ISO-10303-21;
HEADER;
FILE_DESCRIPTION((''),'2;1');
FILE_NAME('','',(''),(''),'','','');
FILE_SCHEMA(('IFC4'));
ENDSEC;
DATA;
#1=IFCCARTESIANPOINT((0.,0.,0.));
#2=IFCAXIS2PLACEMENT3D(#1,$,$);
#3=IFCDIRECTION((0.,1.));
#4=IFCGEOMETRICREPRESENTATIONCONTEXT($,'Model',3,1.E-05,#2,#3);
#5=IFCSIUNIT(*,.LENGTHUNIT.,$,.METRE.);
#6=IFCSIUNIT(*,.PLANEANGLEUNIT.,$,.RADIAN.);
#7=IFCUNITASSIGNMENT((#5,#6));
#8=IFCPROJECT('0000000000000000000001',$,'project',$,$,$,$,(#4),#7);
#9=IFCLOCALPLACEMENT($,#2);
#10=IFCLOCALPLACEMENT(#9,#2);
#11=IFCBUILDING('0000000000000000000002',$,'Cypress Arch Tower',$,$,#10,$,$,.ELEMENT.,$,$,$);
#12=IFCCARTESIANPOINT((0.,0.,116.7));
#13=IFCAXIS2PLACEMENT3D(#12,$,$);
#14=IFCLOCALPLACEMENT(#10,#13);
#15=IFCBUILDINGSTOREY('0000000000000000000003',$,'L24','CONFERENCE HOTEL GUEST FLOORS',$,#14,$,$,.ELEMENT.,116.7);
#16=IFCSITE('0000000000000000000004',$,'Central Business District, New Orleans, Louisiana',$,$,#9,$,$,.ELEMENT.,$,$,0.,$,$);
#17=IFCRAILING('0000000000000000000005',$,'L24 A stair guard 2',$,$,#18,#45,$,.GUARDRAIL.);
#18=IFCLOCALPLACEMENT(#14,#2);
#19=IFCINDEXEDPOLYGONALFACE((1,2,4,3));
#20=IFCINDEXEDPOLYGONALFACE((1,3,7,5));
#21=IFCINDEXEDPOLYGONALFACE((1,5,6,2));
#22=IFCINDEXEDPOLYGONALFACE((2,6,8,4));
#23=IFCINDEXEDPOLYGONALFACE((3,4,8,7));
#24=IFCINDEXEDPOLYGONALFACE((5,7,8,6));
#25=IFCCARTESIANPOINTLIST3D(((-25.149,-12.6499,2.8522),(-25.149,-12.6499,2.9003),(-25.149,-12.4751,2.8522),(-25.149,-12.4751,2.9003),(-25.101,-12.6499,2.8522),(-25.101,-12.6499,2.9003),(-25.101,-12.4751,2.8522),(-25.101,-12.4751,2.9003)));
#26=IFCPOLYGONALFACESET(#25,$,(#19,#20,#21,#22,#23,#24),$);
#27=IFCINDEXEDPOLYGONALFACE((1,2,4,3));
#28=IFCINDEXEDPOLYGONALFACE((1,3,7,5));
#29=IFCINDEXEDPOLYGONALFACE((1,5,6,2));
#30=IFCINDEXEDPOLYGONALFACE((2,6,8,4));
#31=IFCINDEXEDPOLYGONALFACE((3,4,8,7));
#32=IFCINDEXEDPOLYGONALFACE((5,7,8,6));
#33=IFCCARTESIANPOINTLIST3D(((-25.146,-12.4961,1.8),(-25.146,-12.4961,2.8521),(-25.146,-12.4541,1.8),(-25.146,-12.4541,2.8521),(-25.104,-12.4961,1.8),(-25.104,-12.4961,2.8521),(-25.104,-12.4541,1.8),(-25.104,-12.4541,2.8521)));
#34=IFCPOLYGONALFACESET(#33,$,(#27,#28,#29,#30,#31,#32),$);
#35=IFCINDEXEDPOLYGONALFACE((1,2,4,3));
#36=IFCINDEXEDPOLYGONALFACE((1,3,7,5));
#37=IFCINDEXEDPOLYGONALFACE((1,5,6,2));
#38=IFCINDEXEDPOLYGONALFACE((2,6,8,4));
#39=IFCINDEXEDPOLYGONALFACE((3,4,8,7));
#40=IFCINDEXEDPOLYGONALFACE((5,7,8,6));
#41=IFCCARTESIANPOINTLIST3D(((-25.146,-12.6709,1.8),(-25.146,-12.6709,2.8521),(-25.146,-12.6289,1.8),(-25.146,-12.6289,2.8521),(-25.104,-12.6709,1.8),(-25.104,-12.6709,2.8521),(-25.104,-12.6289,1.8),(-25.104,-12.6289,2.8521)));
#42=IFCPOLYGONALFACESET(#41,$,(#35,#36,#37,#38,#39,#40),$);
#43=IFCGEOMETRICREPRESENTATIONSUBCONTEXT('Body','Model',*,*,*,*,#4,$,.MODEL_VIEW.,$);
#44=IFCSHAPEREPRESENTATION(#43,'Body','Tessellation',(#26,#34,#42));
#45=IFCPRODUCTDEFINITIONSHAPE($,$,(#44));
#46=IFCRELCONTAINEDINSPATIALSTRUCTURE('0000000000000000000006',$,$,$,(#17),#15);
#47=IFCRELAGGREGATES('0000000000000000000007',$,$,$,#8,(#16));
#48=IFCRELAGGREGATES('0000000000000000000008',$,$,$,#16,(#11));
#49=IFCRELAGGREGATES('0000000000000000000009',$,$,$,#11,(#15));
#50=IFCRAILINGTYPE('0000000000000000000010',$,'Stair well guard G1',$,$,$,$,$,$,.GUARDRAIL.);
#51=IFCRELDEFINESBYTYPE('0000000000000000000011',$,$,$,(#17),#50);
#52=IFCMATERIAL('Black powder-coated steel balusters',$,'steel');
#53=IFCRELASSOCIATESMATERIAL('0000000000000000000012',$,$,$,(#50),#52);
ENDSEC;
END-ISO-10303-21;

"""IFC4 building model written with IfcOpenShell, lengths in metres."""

from ifc_helpers import new_model, si_unit, direction, frame, origin, origin_2d, place, context, subcontext, project, spatial, rectangle, extrude, material, type_object, element, save


model = new_model("IFC4")

# Units and contexts
model_context = context("Model", 3, precision=1e-05, world=origin(), true_north=direction((0.0, 1.0)))
body_context = subcontext(model_context, "Body", "Model", "MODEL_VIEW")
ifc_project = project(units=[si_unit("LENGTHUNIT", "METRE"), si_unit("PLANEANGLEUNIT", "RADIAN")], contexts=[model_context])

# Site, building, storey
site_placement = place(None, origin())
site = spatial("IfcSite", under=ifc_project, at=site_placement, Name="Central Business District, New Orleans, Louisiana", CompositionType="ELEMENT", RefElevation=0.0)
building_placement = place(site_placement, origin())
building = spatial("IfcBuilding", under=site, at=building_placement, Name="Cypress Arch Tower", CompositionType="ELEMENT")
storey_placement = place(building_placement, frame((0.0, 0.0, 116.7)))
storey = spatial("IfcBuildingStorey", under=building, at=storey_placement, Name="L24", Description="CONFERENCE HOTEL GUEST FLOORS", CompositionType="ELEMENT", Elevation=116.7)

# Railing
ifc_material_1 = material(Name="Black powder-coated steel balusters", Category="steel")
railing_type_1 = type_object("IfcRailingType", Name="Stair well guard G1", PredefinedType="GUARDRAIL", material=ifc_material_1)
railing_1_placement = place(storey_placement, frame((-25.125, -12.4751, 1.8)))
element("IfcRailing", 1, at=railing_1_placement, inside=storey, type_object=railing_type_1, Name="L24 A stair guard 2", PredefinedType="GUARDRAIL", context=body_context, shape_type="SweptSolid", body=[
    extrude(rectangle(XDim=0.0481, YDim=0.0481, at=origin_2d()), frame((0.0, 0.0, 1.0762), z_axis=(0.0, -1.0, 0.0), x_axis=(1.0, 0.0, 0.0)), (0.0, 0.0, 1.0), 0.1748),
    extrude(rectangle(XDim=0.042, YDim=0.042, at=origin_2d()), origin(), (0.0, 0.0, 1.0), 1.052),
    extrude(rectangle(XDim=0.042, YDim=0.042, at=origin_2d()), frame((0.0, -0.1748, 0.0)), (0.0, 0.0, 1.0), 1.052),
])

save(model, "model.ifc")
